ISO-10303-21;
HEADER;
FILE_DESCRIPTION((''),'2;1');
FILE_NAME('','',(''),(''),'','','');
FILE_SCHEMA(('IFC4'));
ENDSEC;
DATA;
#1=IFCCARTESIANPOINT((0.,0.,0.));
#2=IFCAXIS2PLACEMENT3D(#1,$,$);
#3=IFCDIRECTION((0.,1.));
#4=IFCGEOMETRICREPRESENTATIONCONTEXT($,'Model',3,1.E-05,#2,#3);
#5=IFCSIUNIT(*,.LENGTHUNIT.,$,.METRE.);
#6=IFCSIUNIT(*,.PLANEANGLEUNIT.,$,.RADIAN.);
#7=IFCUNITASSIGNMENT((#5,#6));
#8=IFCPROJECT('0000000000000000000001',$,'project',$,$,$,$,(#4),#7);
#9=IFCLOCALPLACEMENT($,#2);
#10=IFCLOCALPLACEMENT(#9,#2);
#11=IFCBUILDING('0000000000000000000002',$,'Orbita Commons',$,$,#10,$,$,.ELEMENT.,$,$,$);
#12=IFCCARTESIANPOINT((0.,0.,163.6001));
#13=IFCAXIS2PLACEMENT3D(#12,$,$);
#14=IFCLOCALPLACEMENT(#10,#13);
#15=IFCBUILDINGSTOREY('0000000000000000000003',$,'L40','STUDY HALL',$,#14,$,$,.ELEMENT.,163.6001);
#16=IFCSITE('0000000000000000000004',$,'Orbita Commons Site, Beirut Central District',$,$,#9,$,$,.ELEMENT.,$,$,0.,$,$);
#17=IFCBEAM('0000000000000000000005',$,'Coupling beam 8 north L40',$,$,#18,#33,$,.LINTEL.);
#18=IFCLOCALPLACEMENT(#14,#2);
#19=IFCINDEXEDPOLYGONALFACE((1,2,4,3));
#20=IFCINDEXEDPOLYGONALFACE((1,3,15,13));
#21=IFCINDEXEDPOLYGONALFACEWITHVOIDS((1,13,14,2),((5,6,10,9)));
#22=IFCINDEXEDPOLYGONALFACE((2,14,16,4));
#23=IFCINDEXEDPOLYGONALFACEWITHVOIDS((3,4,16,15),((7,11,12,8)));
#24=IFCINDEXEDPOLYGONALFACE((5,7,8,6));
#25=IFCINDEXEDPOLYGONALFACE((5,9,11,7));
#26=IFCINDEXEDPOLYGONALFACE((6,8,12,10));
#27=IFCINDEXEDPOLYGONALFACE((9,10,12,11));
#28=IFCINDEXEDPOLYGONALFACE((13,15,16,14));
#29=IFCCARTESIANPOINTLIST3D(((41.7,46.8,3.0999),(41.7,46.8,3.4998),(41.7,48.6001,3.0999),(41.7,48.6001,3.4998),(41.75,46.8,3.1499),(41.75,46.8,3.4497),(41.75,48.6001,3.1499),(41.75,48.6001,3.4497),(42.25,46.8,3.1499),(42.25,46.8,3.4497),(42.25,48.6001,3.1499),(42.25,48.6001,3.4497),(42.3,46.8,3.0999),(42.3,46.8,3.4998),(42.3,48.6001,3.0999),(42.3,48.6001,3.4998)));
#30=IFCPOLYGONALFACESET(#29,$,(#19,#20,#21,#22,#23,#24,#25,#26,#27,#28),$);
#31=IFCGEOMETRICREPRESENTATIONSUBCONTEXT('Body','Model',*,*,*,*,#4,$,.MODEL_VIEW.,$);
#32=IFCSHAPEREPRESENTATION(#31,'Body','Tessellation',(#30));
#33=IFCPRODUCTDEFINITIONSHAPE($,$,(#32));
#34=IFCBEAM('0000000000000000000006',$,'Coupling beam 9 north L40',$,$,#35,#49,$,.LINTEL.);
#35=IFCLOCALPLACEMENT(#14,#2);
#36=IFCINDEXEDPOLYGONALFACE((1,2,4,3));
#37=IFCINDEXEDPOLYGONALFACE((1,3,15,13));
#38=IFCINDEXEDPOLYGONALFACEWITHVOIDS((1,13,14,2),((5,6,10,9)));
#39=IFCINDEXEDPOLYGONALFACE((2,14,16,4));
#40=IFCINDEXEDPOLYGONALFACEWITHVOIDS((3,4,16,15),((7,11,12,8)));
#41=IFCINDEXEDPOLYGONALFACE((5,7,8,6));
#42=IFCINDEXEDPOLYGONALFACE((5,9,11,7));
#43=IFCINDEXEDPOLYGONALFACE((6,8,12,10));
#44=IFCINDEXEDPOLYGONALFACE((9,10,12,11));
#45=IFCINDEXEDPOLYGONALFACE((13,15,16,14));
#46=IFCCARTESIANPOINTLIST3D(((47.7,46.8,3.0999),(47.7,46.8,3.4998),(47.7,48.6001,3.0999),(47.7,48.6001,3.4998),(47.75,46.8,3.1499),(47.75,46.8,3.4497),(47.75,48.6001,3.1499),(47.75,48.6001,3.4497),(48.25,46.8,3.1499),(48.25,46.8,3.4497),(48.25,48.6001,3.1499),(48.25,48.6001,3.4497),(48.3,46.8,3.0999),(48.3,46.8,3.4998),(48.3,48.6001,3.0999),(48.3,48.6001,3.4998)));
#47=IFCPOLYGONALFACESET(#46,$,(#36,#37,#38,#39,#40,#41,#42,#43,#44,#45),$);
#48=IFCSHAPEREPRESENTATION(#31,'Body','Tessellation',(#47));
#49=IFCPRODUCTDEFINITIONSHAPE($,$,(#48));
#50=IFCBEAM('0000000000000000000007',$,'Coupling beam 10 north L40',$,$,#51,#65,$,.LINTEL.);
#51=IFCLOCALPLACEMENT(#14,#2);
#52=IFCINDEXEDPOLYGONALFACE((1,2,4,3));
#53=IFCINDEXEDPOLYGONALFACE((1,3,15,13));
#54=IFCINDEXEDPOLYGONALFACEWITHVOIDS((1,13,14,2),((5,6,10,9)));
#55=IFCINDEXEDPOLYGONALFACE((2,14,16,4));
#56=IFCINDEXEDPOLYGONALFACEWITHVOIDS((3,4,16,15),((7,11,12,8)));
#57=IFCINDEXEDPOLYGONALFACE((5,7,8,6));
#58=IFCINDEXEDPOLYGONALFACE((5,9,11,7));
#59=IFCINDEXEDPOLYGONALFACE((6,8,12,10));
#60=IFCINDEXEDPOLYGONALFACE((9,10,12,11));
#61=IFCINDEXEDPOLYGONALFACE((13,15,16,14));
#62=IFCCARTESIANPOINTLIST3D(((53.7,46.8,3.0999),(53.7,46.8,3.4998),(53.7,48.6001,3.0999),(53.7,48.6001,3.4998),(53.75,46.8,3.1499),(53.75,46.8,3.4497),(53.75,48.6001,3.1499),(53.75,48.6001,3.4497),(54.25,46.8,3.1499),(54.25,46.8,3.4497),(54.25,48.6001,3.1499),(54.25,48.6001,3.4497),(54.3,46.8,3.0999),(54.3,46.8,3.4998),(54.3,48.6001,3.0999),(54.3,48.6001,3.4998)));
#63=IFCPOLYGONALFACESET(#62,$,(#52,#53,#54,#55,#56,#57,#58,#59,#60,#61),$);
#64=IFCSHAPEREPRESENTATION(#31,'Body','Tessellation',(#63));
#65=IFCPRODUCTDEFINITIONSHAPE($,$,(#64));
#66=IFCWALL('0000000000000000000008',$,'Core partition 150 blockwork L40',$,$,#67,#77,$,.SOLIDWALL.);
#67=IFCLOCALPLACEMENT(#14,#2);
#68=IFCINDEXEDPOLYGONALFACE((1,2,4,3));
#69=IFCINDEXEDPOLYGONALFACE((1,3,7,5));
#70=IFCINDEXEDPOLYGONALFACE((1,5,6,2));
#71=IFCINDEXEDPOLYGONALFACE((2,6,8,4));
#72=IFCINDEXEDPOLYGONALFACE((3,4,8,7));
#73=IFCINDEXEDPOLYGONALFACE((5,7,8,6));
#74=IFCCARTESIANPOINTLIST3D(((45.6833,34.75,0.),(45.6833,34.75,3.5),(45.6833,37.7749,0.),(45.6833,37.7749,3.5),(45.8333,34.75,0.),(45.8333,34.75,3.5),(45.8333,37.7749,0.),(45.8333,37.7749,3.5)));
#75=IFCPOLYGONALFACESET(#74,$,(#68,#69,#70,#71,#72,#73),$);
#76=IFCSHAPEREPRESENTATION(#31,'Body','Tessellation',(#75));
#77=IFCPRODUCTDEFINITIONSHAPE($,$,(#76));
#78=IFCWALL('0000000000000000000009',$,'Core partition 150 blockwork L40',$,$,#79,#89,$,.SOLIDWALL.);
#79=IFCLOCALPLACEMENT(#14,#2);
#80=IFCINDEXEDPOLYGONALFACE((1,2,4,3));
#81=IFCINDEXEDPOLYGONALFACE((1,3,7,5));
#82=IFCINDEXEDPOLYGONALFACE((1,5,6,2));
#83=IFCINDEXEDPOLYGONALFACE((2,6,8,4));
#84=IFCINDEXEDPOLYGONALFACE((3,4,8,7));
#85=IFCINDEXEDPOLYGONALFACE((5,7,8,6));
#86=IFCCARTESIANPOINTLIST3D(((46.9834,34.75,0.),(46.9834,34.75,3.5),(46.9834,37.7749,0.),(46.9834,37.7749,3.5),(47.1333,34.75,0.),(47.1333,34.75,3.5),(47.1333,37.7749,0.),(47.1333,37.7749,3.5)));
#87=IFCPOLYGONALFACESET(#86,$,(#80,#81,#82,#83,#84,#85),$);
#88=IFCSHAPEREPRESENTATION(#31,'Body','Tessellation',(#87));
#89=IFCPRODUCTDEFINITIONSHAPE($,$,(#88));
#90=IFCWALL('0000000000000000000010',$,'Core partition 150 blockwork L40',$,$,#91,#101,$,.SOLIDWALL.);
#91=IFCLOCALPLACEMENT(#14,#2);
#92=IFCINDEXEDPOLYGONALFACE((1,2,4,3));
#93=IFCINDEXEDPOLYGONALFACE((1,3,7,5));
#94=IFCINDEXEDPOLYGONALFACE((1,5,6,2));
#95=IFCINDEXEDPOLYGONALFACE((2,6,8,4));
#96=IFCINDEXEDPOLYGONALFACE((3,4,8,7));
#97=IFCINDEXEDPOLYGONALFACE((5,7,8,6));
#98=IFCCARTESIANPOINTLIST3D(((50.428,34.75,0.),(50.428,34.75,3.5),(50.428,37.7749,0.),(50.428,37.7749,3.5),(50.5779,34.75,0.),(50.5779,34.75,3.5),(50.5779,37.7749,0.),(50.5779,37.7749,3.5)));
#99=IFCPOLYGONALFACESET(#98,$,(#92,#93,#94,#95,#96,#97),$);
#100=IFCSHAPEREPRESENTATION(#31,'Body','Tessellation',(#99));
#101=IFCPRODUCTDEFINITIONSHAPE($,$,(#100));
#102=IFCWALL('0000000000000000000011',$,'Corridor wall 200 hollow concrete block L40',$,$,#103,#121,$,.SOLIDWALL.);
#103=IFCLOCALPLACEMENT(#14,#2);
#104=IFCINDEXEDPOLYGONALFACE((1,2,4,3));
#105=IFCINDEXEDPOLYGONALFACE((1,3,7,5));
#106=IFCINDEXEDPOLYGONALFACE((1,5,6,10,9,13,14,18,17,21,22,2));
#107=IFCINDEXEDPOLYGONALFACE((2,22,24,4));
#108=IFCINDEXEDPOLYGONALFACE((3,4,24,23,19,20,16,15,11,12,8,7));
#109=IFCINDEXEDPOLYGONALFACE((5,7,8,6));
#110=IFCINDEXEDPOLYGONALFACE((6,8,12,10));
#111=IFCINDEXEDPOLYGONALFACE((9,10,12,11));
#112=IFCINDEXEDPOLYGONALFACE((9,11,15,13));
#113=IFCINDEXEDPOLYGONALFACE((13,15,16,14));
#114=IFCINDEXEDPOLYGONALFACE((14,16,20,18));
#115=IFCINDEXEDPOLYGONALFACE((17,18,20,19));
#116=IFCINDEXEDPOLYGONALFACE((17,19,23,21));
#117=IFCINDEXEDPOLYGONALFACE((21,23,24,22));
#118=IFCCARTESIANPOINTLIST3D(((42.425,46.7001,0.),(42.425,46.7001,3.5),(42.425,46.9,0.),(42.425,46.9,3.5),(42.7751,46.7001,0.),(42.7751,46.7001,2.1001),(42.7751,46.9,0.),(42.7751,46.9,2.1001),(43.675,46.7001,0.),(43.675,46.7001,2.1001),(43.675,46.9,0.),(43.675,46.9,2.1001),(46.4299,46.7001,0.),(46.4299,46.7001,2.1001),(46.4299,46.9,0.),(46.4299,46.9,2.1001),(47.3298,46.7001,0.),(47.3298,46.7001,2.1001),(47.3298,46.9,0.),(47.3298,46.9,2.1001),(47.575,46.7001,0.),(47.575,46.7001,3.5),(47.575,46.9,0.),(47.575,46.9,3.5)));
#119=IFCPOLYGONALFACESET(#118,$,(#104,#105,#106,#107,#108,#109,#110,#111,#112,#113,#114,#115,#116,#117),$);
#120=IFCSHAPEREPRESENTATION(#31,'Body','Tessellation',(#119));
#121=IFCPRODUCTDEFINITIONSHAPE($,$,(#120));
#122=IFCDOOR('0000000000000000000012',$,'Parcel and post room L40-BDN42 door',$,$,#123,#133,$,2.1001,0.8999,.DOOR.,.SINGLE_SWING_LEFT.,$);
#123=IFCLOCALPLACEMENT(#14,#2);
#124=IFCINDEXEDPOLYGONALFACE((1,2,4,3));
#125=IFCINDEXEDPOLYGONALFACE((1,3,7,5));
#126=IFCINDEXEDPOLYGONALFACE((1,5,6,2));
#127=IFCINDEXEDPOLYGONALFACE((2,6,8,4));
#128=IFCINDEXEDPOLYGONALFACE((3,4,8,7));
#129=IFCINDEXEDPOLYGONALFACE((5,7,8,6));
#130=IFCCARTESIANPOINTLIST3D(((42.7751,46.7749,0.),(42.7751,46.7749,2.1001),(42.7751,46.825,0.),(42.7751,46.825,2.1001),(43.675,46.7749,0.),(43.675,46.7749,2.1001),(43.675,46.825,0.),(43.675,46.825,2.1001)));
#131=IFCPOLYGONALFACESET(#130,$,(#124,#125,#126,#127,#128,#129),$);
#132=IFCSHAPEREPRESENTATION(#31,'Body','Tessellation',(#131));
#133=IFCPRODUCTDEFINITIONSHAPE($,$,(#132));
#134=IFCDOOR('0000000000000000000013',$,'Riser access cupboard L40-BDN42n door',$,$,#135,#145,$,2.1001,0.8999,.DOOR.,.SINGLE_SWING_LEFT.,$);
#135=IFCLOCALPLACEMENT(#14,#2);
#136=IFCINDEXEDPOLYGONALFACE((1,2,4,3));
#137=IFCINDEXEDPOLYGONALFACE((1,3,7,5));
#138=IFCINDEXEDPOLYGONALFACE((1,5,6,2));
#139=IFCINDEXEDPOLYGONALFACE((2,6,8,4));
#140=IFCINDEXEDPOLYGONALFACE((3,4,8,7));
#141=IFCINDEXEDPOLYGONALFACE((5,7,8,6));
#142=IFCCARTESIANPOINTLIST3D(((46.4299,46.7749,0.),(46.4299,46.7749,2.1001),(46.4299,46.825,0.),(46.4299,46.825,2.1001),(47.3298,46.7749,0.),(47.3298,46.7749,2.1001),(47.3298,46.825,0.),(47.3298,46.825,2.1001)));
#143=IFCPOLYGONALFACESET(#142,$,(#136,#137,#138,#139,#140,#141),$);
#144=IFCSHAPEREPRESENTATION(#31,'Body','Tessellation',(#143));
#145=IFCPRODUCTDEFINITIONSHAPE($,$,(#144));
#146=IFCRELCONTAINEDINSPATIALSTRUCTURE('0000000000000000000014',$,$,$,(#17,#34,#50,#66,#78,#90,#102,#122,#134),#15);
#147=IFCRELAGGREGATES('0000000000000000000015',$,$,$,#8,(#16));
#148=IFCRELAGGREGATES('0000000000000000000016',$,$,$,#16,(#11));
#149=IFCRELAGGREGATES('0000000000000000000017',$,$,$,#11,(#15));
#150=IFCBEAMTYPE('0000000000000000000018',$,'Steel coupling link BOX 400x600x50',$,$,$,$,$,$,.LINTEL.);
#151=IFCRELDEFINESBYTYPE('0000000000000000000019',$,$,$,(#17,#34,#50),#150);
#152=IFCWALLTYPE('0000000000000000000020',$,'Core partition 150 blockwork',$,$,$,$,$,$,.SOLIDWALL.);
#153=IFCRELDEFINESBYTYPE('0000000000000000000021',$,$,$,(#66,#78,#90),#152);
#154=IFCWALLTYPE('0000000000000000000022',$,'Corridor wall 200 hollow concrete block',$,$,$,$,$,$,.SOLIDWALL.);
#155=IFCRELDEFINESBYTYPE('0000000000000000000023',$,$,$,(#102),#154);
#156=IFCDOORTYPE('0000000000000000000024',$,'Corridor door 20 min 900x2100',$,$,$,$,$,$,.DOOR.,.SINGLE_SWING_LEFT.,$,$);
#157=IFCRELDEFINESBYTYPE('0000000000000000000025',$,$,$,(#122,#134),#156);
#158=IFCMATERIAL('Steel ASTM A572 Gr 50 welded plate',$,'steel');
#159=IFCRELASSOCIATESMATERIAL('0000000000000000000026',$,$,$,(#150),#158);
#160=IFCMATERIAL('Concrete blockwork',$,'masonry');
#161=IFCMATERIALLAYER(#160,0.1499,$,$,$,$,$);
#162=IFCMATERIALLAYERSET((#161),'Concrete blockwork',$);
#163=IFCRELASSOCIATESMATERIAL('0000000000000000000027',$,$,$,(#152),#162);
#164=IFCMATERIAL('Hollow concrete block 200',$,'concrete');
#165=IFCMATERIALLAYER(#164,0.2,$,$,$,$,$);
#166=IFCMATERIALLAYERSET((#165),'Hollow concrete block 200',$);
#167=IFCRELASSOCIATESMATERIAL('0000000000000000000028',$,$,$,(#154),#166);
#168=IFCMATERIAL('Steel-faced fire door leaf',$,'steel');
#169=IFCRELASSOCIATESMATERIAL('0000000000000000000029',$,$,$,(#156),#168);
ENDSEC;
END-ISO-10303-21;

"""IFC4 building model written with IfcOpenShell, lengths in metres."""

from ifc_helpers import new_model, si_unit, direction, frame, frame_2d, origin, origin_2d, place, context, subcontext, project, spatial, rectangle, hollow_rectangle, extrude, material, layer, layer_set, material_profile, profile_set, type_object, element, fill, save


model = new_model("IFC4")

# Units and contexts
model_context = context("Model", 3, precision=1e-05, world=origin(), true_north=direction((0.0, 1.0)))
body_context = subcontext(model_context, "Body", "Model", "MODEL_VIEW")
ifc_project = project(units=[si_unit("LENGTHUNIT", "METRE"), si_unit("PLANEANGLEUNIT", "RADIAN")], contexts=[model_context])

# Site, building, storey
site_placement = place(None, origin())
site = spatial("IfcSite", under=ifc_project, at=site_placement, Name="Orbita Commons Site, Beirut Central District", CompositionType="ELEMENT", RefElevation=0.0)
building_placement = place(site_placement, origin())
building = spatial("IfcBuilding", under=site, at=building_placement, Name="Orbita Commons", CompositionType="ELEMENT")
storey_placement = place(building_placement, frame((0.0, 0.0, 163.6001)))
storey = spatial("IfcBuildingStorey", under=building, at=storey_placement, Name="L40", Description="STUDY HALL", CompositionType="ELEMENT", Elevation=163.6001)

# Beams
ifc_material_1 = material(Name="Steel ASTM A572 Gr 50 welded plate", Category="steel")
ifc_material_profile = material_profile(ifc_material_1, hollow_rectangle(XDim=0.6001, YDim=0.3999, WallThickness=0.05, at=origin_2d()), Name="BOX 400x600x50")
ifc_profile_set = profile_set([ifc_material_profile], Name="Steel ASTM A572 Gr 50 welded plate")
beam_type = type_object("IfcBeamType", Name="Steel coupling link BOX 400x600x50", PredefinedType="LINTEL", material=ifc_profile_set)
for number, where, z_axis, x_axis, name in (
    (1, (42.0, 46.8, 3.2998), (0.0, 1.0, 0.0), (-1.0, 0.0, 0.0), "Coupling beam 8 north L40"),
    (2, (48.0, 46.8, 3.2998), (0.0, 1.0, 0.0), (-1.0, 0.0, 0.0), "Coupling beam 9 north L40"),
    (3, (54.0, 46.8, 3.2998), (0.0, 1.0, 0.0), (-1.0, 0.0, 0.0), "Coupling beam 10 north L40"),
):
    element("IfcBeam", number, at=place(storey_placement, frame(where, z_axis=z_axis, x_axis=x_axis)), inside=storey, type_object=beam_type, Name=name, PredefinedType="LINTEL", context=body_context, shape_type="SweptSolid", body=[
        extrude(hollow_rectangle(XDim=0.6001, YDim=0.3999, WallThickness=0.05, at=origin_2d()), origin(), (0.0, 0.0, 1.0), 1.8),
    ])

# Walls
ifc_material_2 = material(Name="Concrete blockwork", Category="masonry")
ifc_layer_1 = layer(ifc_material_2, 0.1499)
ifc_layer_set_1 = layer_set([ifc_layer_1], Name="Concrete blockwork")
wall_type_1 = type_object("IfcWallType", Name="Core partition 150 blockwork", PredefinedType="SOLIDWALL", material=ifc_layer_set_1)
for number, where, z_axis, x_axis, name in (
    (4, (45.7583, 34.75, 0.0), (0.0, 0.0, 1.0), (0.0, 1.0, 0.0), "Core partition 150 blockwork L40"),
    (5, (47.0583, 34.75, 0.0), (0.0, 0.0, 1.0), (0.0, 1.0, 0.0), "Core partition 150 blockwork L40"),
    (6, (50.5029, 34.75, 0.0), (0.0, 0.0, 1.0), (0.0, 1.0, 0.0), "Core partition 150 blockwork L40"),
):
    element("IfcWall", number, at=place(storey_placement, frame(where, z_axis=z_axis, x_axis=x_axis)), inside=storey, type_object=wall_type_1, Name=name, PredefinedType="SOLIDWALL", context=body_context, shape_type="SweptSolid", body=[
        extrude(rectangle(XDim=3.0249, YDim=0.1499, at=frame_2d((1.5125, 0.0))), origin(), (0.0, 0.0, 1.0), 3.5),
    ])

# Wall, openings, doors
ifc_material_3 = material(Name="Hollow concrete block 200", Category="concrete")
ifc_layer_2 = layer(ifc_material_3, 0.2)
ifc_layer_set_2 = layer_set([ifc_layer_2], Name="Hollow concrete block 200")
wall_type_2 = type_object("IfcWallType", Name="Corridor wall 200 hollow concrete block", PredefinedType="SOLIDWALL", material=ifc_layer_set_2)
wall_1_placement = place(storey_placement, frame((42.425, 46.8, 0.0), z_axis=(0.0, 0.0, 1.0), x_axis=(1.0, 0.0, 0.0)))
wall_1 = element("IfcWall", 7, at=wall_1_placement, inside=storey, type_object=wall_type_2, Name="Corridor wall 200 hollow concrete block L40", PredefinedType="SOLIDWALL", context=body_context, shape_type="SweptSolid", body=[
    extrude(rectangle(XDim=5.1499, YDim=0.2, at=frame_2d((2.575, 0.0))), origin(), (0.0, 0.0, 1.0), 3.5),
])
opening_1_placement = place(wall_1_placement, frame((0.3501, 0.0, 0.0)))
opening_1 = element("IfcOpeningElement", 8, at=opening_1_placement, cuts=wall_1, PredefinedType="OPENING", context=body_context, shape_type="SweptSolid", body=[
    extrude(rectangle(XDim=0.8999, YDim=2.1001, at=frame_2d((0.45, 1.05))), frame((0.0, 0.1099, 0.0), z_axis=(0.0, -1.0, 0.0), x_axis=(1.0, 0.0, 0.0)), (0.0, 0.0, 1.0), 0.22),
])
opening_2_placement = place(wall_1_placement, frame((4.0049, 0.0, 0.0)))
opening_2 = element("IfcOpeningElement", 9, at=opening_2_placement, cuts=wall_1, PredefinedType="OPENING", context=body_context, shape_type="SweptSolid", body=[
    extrude(rectangle(XDim=0.8999, YDim=2.1001, at=frame_2d((0.45, 1.05))), frame((0.0, 0.1099, 0.0), z_axis=(0.0, -1.0, 0.0), x_axis=(1.0, 0.0, 0.0)), (0.0, 0.0, 1.0), 0.22),
])
ifc_material_4 = material(Name="Steel-faced fire door leaf", Category="steel")
door_type = type_object("IfcDoorType", Name="Corridor door 20 min 900x2100", OperationType="SINGLE_SWING_LEFT", PredefinedType="DOOR", material=ifc_material_4)
door_1_placement = place(opening_1_placement, origin())
door_1 = element("IfcDoor", 10, at=door_1_placement, inside=storey, type_object=door_type, Name="Parcel and post room L40-BDN42 door", OperationType="SINGLE_SWING_LEFT", OverallHeight=2.1001, OverallWidth=0.8999, PredefinedType="DOOR", context=body_context, shape_type="SweptSolid", body=[
    extrude(rectangle(XDim=0.8999, YDim=2.1001, at=frame_2d((0.45, 1.05))), frame((0.0, 0.0249, 0.0), z_axis=(0.0, -1.0, 0.0), x_axis=(1.0, 0.0, 0.0)), (0.0, 0.0, 1.0), 0.05),
])
fill(opening_1, door_1)
door_2_placement = place(opening_2_placement, origin())
door_2 = element("IfcDoor", 11, at=door_2_placement, inside=storey, type_object=door_type, Name="Riser access cupboard L40-BDN42n door", OperationType="SINGLE_SWING_LEFT", OverallHeight=2.1001, OverallWidth=0.8999, PredefinedType="DOOR", context=body_context, shape_type="SweptSolid", body=[
    extrude(rectangle(XDim=0.8999, YDim=2.1001, at=frame_2d((0.45, 1.05))), frame((0.0, 0.0249, 0.0), z_axis=(0.0, -1.0, 0.0), x_axis=(1.0, 0.0, 0.0)), (0.0, 0.0, 1.0), 0.05),
])
fill(opening_2, door_2)

save(model, "model.ifc")
